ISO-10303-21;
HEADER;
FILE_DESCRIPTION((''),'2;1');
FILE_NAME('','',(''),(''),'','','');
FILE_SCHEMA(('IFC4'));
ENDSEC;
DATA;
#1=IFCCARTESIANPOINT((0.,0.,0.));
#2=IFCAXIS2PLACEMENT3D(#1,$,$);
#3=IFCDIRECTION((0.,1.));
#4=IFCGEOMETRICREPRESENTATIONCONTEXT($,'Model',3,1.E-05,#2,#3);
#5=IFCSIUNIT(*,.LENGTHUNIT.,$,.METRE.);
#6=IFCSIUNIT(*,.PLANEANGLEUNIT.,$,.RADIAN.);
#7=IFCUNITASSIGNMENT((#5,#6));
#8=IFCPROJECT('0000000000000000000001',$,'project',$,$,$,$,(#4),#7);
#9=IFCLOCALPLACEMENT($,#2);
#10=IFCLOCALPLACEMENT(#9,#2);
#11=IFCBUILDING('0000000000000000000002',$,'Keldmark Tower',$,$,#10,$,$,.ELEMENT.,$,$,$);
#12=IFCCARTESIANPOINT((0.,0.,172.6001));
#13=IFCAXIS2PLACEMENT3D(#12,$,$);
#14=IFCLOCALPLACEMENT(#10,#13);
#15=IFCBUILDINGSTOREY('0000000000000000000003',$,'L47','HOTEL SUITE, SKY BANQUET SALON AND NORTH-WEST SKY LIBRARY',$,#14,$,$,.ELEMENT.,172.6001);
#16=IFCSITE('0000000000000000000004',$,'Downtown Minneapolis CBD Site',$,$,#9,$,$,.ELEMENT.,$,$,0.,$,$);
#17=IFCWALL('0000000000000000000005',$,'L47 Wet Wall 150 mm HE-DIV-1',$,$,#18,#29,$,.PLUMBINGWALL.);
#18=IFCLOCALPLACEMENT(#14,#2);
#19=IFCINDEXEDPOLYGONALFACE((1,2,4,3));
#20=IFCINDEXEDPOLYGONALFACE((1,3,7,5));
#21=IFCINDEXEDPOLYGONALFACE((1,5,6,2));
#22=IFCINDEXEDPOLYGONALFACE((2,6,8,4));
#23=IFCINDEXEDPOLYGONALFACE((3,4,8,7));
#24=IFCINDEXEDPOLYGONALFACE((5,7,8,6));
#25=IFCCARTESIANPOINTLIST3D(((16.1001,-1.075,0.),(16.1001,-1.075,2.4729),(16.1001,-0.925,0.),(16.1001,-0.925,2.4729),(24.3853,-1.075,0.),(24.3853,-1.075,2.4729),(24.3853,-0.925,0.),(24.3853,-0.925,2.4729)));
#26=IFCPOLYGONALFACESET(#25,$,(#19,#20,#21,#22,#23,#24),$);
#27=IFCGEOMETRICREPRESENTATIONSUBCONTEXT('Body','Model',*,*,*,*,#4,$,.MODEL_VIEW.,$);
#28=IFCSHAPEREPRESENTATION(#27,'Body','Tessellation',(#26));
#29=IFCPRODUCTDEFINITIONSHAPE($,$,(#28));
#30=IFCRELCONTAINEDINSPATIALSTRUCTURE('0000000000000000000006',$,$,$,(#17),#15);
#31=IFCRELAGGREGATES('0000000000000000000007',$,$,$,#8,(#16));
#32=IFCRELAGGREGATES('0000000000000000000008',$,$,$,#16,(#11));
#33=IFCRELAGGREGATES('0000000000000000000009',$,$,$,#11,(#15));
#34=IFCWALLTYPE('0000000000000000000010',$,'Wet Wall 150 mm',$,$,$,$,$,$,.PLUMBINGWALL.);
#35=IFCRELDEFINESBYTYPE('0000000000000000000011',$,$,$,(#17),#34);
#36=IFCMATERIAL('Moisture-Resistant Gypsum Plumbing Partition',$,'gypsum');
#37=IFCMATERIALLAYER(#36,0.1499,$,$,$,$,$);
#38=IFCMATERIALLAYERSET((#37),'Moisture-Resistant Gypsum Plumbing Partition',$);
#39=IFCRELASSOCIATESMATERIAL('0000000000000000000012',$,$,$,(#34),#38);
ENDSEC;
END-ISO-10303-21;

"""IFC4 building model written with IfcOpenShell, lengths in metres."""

from ifc_helpers import new_model, si_unit, direction, frame, frame_2d, origin, place, context, subcontext, project, spatial, rectangle, extrude, material, layer, layer_set, type_object, element, save


model = new_model("IFC4")

# Units and contexts
model_context = context("Model", 3, precision=1e-05, world=origin(), true_north=direction((0.0, 1.0)))
body_context = subcontext(model_context, "Body", "Model", "MODEL_VIEW")
ifc_project = project(units=[si_unit("LENGTHUNIT", "METRE"), si_unit("PLANEANGLEUNIT", "RADIAN")], contexts=[model_context])

# Site, building, storey
site_placement = place(None, origin())
site = spatial("IfcSite", under=ifc_project, at=site_placement, Name="Downtown Minneapolis CBD Site", CompositionType="ELEMENT", RefElevation=0.0)
building_placement = place(site_placement, origin())
building = spatial("IfcBuilding", under=site, at=building_placement, Name="Keldmark Tower", CompositionType="ELEMENT")
storey_placement = place(building_placement, frame((0.0, 0.0, 172.6001)))
storey = spatial("IfcBuildingStorey", under=building, at=storey_placement, Name="L47", Description="HOTEL SUITE, SKY BANQUET SALON AND NORTH-WEST SKY LIBRARY", CompositionType="ELEMENT", Elevation=172.6001)

# Wall
ifc_material_1 = material(Name="Moisture-Resistant Gypsum Plumbing Partition", Category="gypsum")
ifc_layer_1 = layer(ifc_material_1, 0.1499)
ifc_layer_set_1 = layer_set([ifc_layer_1], Name="Moisture-Resistant Gypsum Plumbing Partition")
wall_type_1 = type_object("IfcWallType", Name="Wet Wall 150 mm", PredefinedType="PLUMBINGWALL", material=ifc_layer_set_1)
wall_1_placement = place(storey_placement, frame((16.1001, -1.0, 0.0), z_axis=(0.0, 0.0, 1.0), x_axis=(1.0, 0.0, 0.0)))
element("IfcWall", 1, at=wall_1_placement, inside=storey, type_object=wall_type_1, Name="L47 Wet Wall 150 mm HE-DIV-1", PredefinedType="PLUMBINGWALL", context=body_context, shape_type="SweptSolid", body=[
    extrude(rectangle(XDim=8.2852, YDim=0.1499, at=frame_2d((4.1426, 0.0))), origin(), (0.0, 0.0, 1.0), 2.4729),
])

save(model, "model.ifc")
